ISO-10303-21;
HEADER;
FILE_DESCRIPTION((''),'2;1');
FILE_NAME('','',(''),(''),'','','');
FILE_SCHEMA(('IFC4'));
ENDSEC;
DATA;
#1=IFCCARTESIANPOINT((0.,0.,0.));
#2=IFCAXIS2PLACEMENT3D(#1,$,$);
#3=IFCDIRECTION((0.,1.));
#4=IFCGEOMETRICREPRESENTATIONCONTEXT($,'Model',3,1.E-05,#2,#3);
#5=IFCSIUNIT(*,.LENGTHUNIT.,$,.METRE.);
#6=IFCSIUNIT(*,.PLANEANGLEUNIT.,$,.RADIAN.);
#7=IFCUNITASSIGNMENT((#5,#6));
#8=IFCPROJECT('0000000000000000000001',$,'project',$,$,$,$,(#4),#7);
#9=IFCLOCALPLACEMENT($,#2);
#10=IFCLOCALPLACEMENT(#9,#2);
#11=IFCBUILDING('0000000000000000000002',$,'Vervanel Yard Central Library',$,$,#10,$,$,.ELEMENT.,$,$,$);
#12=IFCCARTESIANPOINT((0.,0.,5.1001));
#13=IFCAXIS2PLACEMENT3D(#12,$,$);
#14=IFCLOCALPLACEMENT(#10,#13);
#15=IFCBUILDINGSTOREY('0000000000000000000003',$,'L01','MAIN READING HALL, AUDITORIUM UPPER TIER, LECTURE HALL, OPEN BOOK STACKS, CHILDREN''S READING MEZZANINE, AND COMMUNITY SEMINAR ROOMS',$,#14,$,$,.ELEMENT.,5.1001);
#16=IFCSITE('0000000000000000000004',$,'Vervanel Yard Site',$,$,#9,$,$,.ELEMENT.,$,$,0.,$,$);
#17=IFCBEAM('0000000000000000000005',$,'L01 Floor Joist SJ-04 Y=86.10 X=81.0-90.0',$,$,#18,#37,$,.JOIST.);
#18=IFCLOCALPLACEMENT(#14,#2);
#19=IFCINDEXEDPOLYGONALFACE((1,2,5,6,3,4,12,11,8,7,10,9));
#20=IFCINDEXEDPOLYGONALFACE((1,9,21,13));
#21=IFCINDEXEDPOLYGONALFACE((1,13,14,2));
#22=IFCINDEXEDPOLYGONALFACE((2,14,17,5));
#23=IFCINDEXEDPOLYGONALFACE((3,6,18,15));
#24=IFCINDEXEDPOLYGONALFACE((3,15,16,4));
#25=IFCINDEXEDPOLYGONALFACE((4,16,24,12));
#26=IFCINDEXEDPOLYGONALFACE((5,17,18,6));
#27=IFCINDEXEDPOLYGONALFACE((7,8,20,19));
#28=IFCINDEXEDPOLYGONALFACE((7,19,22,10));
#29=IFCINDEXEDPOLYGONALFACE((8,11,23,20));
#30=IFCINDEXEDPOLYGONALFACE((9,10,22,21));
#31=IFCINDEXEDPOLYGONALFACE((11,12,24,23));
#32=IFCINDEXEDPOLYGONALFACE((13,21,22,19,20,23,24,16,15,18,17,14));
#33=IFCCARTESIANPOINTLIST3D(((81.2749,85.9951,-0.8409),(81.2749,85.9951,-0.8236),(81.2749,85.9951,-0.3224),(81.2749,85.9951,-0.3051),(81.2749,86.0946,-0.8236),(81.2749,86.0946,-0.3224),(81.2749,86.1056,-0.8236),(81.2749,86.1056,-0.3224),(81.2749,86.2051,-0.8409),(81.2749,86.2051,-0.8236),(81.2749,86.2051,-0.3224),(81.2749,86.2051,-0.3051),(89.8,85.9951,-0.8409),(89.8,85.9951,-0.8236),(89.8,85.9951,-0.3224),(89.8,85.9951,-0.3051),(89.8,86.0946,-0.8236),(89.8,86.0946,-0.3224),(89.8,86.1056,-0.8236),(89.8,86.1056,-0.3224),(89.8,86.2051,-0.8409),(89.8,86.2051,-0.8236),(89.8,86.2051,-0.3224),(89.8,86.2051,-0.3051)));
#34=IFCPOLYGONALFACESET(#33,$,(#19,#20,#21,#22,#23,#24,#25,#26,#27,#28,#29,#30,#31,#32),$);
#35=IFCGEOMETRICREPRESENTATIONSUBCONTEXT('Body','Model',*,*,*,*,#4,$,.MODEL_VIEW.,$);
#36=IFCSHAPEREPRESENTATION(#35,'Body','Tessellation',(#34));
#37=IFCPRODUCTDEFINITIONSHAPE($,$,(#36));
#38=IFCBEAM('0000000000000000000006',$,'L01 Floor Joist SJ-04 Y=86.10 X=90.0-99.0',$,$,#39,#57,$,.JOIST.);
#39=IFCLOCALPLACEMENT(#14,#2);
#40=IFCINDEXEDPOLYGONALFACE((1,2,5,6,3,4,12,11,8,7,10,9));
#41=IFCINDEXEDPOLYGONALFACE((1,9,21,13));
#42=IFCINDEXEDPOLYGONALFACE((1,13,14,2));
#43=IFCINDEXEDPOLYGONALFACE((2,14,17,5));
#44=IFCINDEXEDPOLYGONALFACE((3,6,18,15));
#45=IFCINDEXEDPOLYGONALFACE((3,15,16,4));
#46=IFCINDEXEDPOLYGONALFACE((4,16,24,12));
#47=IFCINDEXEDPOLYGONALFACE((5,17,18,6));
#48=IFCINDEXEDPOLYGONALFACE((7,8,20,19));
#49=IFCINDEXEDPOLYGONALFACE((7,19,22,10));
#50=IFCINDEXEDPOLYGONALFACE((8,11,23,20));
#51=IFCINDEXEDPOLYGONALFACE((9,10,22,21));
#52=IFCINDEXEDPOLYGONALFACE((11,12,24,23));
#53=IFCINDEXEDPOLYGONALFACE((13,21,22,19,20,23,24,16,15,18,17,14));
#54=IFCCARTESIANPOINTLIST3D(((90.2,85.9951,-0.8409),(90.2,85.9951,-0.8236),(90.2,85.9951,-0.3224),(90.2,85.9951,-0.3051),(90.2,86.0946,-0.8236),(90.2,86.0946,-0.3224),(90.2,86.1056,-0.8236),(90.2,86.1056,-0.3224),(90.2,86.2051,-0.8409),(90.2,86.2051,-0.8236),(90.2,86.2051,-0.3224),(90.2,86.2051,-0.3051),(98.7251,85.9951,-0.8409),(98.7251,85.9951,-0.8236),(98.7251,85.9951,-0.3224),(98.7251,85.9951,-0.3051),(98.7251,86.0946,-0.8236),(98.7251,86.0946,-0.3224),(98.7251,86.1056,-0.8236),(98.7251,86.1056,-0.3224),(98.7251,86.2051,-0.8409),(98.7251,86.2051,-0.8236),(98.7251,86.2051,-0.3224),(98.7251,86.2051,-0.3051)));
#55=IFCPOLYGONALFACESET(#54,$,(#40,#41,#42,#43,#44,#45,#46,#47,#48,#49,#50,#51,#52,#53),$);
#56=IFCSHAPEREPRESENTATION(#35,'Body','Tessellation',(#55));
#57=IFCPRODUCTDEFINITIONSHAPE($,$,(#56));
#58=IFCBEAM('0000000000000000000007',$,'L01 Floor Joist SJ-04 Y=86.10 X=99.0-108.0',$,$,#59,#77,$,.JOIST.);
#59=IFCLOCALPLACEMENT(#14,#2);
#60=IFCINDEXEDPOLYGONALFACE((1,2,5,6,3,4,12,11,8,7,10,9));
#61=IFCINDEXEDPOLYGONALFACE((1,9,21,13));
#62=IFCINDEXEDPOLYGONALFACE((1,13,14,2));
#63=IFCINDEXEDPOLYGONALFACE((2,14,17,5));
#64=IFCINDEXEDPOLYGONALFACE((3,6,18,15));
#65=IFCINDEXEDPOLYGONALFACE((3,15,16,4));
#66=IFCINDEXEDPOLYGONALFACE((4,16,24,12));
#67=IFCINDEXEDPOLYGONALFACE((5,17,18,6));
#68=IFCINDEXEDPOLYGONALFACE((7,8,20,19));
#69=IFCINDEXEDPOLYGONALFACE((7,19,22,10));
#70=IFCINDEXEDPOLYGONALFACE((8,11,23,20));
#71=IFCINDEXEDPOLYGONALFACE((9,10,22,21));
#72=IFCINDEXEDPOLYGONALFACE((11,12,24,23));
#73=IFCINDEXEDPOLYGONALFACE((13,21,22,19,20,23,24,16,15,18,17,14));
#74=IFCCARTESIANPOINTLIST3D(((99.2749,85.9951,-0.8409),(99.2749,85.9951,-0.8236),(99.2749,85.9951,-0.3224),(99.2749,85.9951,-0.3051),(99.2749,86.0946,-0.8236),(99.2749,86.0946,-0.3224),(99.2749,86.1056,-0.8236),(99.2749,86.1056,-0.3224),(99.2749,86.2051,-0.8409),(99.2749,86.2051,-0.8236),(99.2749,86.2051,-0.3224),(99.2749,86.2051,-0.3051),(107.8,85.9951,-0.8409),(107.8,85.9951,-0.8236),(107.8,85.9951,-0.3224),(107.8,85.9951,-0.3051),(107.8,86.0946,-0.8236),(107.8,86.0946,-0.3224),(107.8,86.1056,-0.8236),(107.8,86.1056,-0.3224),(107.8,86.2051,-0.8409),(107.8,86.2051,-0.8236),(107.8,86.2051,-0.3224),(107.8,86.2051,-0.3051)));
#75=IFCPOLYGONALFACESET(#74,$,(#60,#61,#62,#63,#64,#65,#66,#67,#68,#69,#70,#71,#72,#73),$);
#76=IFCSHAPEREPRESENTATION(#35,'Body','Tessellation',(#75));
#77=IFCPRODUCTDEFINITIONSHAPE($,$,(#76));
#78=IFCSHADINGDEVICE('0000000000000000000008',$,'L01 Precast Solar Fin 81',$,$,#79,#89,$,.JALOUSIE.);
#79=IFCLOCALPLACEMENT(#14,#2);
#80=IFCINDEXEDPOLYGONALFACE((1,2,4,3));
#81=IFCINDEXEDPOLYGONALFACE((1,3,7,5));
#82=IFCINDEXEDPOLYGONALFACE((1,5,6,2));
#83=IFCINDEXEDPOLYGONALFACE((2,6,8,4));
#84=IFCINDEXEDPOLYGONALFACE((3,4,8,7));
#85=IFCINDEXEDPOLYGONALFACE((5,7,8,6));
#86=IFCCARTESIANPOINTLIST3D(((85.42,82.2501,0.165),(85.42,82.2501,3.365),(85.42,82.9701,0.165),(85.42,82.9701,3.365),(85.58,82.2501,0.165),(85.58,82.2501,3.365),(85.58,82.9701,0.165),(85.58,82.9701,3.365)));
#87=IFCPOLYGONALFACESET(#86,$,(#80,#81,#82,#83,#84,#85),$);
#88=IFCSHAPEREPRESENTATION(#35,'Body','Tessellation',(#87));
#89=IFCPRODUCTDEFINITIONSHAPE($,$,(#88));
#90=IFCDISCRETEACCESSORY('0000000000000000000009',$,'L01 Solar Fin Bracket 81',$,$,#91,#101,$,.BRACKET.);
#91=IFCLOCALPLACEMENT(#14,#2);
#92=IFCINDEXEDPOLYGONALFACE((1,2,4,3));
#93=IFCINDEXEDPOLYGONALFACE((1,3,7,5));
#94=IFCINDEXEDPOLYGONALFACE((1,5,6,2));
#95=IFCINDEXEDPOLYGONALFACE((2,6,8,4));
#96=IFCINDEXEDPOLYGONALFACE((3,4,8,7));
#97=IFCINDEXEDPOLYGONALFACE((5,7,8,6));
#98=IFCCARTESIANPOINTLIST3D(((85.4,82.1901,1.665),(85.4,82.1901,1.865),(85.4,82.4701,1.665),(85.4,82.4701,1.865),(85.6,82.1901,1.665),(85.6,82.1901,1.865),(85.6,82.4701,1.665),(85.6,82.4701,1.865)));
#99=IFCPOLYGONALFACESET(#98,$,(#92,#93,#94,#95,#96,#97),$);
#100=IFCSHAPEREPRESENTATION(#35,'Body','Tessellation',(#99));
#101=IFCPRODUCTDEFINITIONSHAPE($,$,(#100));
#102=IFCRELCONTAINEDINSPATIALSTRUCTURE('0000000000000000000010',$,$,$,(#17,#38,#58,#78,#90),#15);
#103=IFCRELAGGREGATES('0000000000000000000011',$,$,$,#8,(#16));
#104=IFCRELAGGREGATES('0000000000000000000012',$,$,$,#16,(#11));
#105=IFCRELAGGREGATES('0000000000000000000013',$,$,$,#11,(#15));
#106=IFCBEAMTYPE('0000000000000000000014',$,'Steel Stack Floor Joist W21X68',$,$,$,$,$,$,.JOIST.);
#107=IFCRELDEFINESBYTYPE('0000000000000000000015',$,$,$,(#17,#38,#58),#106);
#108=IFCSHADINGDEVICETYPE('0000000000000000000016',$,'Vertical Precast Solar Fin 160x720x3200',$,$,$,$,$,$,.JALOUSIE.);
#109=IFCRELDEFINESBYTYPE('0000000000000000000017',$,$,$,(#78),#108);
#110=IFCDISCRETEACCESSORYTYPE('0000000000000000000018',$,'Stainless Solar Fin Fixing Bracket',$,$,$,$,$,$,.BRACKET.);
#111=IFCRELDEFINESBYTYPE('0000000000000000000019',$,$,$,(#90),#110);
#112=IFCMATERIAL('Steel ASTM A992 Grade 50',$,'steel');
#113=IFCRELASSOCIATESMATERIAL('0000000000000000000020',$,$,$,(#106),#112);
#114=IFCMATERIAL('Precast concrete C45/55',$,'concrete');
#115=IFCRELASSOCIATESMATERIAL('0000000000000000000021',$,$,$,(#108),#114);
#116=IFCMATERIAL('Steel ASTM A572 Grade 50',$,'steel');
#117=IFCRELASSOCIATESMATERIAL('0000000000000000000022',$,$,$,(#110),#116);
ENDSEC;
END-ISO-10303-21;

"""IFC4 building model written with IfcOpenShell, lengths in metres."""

from ifc_helpers import new_model, si_unit, direction, frame, origin, origin_2d, place, context, subcontext, project, spatial, rectangle, i_section, extrude, material, material_profile, profile_set, type_object, element, save


model = new_model("IFC4")

# Units and contexts
model_context = context("Model", 3, precision=1e-05, world=origin(), true_north=direction((0.0, 1.0)))
body_context = subcontext(model_context, "Body", "Model", "MODEL_VIEW")
ifc_project = project(units=[si_unit("LENGTHUNIT", "METRE"), si_unit("PLANEANGLEUNIT", "RADIAN")], contexts=[model_context])

# Site, building, storey
site_placement = place(None, origin())
site = spatial("IfcSite", under=ifc_project, at=site_placement, Name="Vervanel Yard Site", CompositionType="ELEMENT", RefElevation=0.0)
building_placement = place(site_placement, origin())
building = spatial("IfcBuilding", under=site, at=building_placement, Name="Vervanel Yard Central Library", CompositionType="ELEMENT")
storey_placement = place(building_placement, frame((0.0, 0.0, 5.1001)))
storey = spatial("IfcBuildingStorey", under=building, at=storey_placement, Name="L01", Description="MAIN READING HALL, AUDITORIUM UPPER TIER, LECTURE HALL, OPEN BOOK STACKS, CHILDREN'S READING MEZZANINE, AND COMMUNITY SEMINAR ROOMS", CompositionType="ELEMENT", Elevation=5.1001)

# Beams
ifc_material_1 = material(Name="Steel ASTM A992 Grade 50", Category="steel")
ifc_material_profile_1 = material_profile(ifc_material_1, i_section(OverallWidth=0.21, OverallDepth=0.5359, WebThickness=0.011, FlangeThickness=0.0173, at=origin_2d()), Name="W21X68", Category="steel")
ifc_profile_set_1 = profile_set([ifc_material_profile_1], Name="Steel ASTM A992 Grade 50")
beam_type_1 = type_object("IfcBeamType", Name="Steel Stack Floor Joist W21X68", PredefinedType="JOIST", material=ifc_profile_set_1)
for number, where, z_axis, x_axis, name in (
    (1, (81.2749, 86.1001, -0.573), (1.0, 0.0, 0.0), (0.0, 1.0, 0.0), "L01 Floor Joist SJ-04 Y=86.10 X=81.0-90.0"),
    (2, (90.2, 86.1001, -0.573), (1.0, 0.0, 0.0), (0.0, 1.0, 0.0), "L01 Floor Joist SJ-04 Y=86.10 X=90.0-99.0"),
    (3, (99.2749, 86.1001, -0.573), (1.0, 0.0, 0.0), (0.0, 1.0, 0.0), "L01 Floor Joist SJ-04 Y=86.10 X=99.0-108.0"),
):
    element("IfcBeam", number, at=place(storey_placement, frame(where, z_axis=z_axis, x_axis=x_axis)), inside=storey, type_object=beam_type_1, Name=name, PredefinedType="JOIST", context=body_context, shape_type="SweptSolid", body=[
        extrude(i_section(OverallWidth=0.21, OverallDepth=0.5359, WebThickness=0.011, FlangeThickness=0.0173, at=origin_2d()), origin(), (0.0, 0.0, 1.0), 8.5251),
    ])

# Shading device
ifc_material_2 = material(Name="Precast concrete C45/55", Category="concrete")
shading_device_type = type_object("IfcShadingDeviceType", Name="Vertical Precast Solar Fin 160x720x3200", PredefinedType="JALOUSIE", material=ifc_material_2)
shading_device_placement = place(storey_placement, frame((85.5, 82.6101, 0.165), z_axis=(0.0, 0.0, 1.0), x_axis=(1.0, 0.0, 0.0)))
element("IfcShadingDevice", 4, at=shading_device_placement, inside=storey, type_object=shading_device_type, Name="L01 Precast Solar Fin 81", PredefinedType="JALOUSIE", context=body_context, shape_type="SweptSolid", body=[
    extrude(rectangle(XDim=0.1599, YDim=0.72, at=origin_2d()), origin(), (0.0, 0.0, 1.0), 3.2),
])

# Discrete accessory
ifc_material_3 = material(Name="Steel ASTM A572 Grade 50", Category="steel")
discrete_accessory_type = type_object("IfcDiscreteAccessoryType", Name="Stainless Solar Fin Fixing Bracket", PredefinedType="BRACKET", material=ifc_material_3)
discrete_accessory_placement = place(storey_placement, frame((85.5, 82.3301, 1.665), z_axis=(0.0, 0.0, 1.0), x_axis=(1.0, 0.0, 0.0)))
element("IfcDiscreteAccessory", 5, at=discrete_accessory_placement, inside=storey, type_object=discrete_accessory_type, Name="L01 Solar Fin Bracket 81", PredefinedType="BRACKET", context=body_context, shape_type="SweptSolid", body=[
    extrude(rectangle(XDim=0.2, YDim=0.28, at=origin_2d()), origin(), (0.0, 0.0, 1.0), 0.2),
])

save(model, "model.ifc")
